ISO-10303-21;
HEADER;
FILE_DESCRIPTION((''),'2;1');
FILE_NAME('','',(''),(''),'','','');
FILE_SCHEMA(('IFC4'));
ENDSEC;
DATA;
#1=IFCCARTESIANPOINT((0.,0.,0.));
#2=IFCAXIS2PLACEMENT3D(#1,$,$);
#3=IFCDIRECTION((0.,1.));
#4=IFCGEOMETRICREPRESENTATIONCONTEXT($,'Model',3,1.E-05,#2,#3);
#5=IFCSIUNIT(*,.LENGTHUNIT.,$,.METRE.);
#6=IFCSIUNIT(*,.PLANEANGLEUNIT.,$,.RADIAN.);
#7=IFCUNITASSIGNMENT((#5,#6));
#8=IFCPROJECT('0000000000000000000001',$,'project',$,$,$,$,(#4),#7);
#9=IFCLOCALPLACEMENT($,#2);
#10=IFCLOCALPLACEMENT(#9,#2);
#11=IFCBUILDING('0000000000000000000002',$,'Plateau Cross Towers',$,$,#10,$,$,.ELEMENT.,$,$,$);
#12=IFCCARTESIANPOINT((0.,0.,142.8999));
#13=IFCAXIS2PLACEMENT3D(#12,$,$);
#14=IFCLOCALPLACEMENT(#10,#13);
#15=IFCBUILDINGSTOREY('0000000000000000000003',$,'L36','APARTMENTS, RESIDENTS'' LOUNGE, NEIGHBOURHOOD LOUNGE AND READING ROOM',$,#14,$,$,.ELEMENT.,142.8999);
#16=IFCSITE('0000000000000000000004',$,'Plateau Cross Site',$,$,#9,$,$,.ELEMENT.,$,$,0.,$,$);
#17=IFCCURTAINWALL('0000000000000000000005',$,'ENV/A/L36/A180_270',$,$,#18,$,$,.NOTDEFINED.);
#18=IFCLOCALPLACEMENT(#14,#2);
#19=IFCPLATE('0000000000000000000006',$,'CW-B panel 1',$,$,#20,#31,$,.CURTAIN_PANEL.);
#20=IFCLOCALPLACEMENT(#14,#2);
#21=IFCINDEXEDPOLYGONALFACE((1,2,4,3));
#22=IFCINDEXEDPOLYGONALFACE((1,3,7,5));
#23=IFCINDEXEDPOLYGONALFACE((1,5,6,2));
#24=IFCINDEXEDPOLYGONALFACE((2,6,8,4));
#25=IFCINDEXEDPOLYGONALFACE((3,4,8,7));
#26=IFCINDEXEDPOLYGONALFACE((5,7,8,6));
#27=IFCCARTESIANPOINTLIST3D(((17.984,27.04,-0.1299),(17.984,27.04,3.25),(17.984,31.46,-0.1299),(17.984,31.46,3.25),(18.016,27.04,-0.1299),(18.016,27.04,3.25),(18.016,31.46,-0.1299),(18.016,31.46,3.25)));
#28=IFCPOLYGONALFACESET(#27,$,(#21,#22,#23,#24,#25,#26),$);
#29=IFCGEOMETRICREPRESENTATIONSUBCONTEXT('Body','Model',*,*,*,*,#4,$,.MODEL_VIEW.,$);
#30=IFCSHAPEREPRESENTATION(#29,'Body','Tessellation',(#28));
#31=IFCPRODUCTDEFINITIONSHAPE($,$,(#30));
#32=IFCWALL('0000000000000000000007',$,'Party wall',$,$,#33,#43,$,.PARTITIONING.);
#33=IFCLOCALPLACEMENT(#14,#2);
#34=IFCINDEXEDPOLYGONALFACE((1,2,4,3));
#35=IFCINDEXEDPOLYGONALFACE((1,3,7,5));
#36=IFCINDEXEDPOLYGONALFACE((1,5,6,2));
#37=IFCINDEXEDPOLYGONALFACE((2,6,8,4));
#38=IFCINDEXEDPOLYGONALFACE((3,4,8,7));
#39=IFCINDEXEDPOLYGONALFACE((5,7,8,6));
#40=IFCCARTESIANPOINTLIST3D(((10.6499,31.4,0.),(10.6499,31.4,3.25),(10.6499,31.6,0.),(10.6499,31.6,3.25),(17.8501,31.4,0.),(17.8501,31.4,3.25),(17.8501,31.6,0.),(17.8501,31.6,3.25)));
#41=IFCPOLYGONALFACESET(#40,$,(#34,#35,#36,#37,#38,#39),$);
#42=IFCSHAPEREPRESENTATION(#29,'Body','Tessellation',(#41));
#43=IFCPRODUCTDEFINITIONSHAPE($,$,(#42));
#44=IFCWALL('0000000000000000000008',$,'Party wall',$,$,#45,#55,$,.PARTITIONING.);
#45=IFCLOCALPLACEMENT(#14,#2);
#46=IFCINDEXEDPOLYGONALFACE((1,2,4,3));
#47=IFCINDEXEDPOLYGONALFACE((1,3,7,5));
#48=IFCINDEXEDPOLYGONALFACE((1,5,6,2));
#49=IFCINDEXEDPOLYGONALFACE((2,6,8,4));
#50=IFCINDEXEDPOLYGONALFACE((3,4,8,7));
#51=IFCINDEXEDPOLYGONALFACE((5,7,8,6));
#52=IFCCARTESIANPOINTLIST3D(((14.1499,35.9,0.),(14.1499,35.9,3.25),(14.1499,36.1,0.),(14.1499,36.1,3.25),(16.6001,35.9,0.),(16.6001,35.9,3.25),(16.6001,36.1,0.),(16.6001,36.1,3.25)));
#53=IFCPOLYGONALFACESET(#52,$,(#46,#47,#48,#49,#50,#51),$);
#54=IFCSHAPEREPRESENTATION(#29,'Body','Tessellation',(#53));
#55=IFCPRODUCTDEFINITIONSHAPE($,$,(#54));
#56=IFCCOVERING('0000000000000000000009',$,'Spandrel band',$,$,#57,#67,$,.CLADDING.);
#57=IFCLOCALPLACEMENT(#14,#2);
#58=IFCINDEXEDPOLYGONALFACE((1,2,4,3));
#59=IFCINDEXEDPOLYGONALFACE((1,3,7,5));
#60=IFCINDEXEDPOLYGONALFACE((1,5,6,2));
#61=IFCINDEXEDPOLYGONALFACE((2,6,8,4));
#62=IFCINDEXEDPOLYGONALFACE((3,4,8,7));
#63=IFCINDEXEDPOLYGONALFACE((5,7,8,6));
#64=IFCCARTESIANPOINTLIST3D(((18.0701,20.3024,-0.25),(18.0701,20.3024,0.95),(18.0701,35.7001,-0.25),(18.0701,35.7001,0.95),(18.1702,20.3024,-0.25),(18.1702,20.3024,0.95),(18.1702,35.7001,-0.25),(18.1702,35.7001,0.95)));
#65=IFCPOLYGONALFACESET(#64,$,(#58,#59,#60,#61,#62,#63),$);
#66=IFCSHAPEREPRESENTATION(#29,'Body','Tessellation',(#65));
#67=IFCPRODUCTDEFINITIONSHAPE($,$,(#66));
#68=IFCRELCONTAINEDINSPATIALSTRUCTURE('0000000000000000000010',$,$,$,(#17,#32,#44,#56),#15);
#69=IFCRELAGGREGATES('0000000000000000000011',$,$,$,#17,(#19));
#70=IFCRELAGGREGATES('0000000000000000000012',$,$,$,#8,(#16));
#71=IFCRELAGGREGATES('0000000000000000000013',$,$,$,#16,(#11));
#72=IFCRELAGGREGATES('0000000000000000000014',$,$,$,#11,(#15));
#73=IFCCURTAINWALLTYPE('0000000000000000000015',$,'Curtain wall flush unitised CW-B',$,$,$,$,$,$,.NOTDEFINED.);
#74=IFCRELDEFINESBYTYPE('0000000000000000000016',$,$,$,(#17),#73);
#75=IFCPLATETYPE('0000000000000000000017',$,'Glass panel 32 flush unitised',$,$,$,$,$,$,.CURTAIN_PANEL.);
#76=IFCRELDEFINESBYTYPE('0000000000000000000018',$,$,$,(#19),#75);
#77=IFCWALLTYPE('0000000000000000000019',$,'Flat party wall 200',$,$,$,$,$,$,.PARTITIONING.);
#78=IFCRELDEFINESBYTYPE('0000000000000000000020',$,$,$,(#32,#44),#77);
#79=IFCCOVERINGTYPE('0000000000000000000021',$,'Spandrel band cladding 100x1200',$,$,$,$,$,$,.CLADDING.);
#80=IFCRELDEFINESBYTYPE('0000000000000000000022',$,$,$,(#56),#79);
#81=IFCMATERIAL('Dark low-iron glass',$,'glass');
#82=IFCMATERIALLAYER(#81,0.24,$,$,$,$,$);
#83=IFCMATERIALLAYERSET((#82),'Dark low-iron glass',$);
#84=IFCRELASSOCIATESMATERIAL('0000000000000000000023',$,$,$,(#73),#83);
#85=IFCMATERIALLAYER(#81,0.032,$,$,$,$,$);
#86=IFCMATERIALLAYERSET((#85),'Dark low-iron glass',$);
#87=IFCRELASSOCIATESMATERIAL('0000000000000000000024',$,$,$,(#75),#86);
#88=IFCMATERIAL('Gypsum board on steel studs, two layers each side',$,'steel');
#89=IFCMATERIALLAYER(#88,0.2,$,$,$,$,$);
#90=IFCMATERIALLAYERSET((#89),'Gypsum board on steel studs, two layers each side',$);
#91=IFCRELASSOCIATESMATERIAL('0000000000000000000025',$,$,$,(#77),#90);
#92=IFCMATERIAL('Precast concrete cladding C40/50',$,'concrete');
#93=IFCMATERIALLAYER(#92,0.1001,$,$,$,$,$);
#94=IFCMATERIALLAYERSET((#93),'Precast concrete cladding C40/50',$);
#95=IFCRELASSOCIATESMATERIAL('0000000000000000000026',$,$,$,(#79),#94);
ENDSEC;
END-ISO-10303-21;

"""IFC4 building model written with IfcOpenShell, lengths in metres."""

from ifc_helpers import new_model, si_unit, direction, frame, frame_2d, origin, origin_2d, place, context, subcontext, project, spatial, rectangle, extrude, material, layer, layer_set, type_object, element, aggregate, save


model = new_model("IFC4")

# Units and contexts
model_context = context("Model", 3, precision=1e-05, world=origin(), true_north=direction((0.0, 1.0)))
body_context = subcontext(model_context, "Body", "Model", "MODEL_VIEW")
ifc_project = project(units=[si_unit("LENGTHUNIT", "METRE"), si_unit("PLANEANGLEUNIT", "RADIAN")], contexts=[model_context])

# Site, building, storey
site_placement = place(None, origin())
site = spatial("IfcSite", under=ifc_project, at=site_placement, Name="Plateau Cross Site", CompositionType="ELEMENT", RefElevation=0.0)
building_placement = place(site_placement, origin())
building = spatial("IfcBuilding", under=site, at=building_placement, Name="Plateau Cross Towers", CompositionType="ELEMENT")
storey_placement = place(building_placement, frame((0.0, 0.0, 142.8999)))
storey = spatial("IfcBuildingStorey", under=building, at=storey_placement, Name="L36", Description="APARTMENTS, RESIDENTS' LOUNGE, NEIGHBOURHOOD LOUNGE AND READING ROOM", CompositionType="ELEMENT", Elevation=142.8999)

# Shared definitions
ifc_material_1 = material(Name="Dark low-iron glass", Category="glass")
ifc_layer_1 = layer(ifc_material_1, 0.24)
ifc_layer_set_1 = layer_set([ifc_layer_1], Name="Dark low-iron glass")
curtain_wall_type = type_object("IfcCurtainWallType", Name="Curtain wall flush unitised CW-B", PredefinedType="NOTDEFINED", material=ifc_layer_set_1)

# Curtain wall
curtain_wall_1_placement = place(storey_placement, origin())
curtain_wall_1 = element("IfcCurtainWall", 1, at=curtain_wall_1_placement, inside=storey, type_object=curtain_wall_type, Name="ENV/A/L36/A180_270", PredefinedType="NOTDEFINED")

# Plate
ifc_layer_2 = layer(ifc_material_1, 0.032)
ifc_layer_set_2 = layer_set([ifc_layer_2], Name="Dark low-iron glass")
plate_type = type_object("IfcPlateType", Name="Glass panel 32 flush unitised", PredefinedType="CURTAIN_PANEL", material=ifc_layer_set_2)
plate_1_placement = place(storey_placement, frame((18.0, 29.25, -0.1299), z_axis=(0.0, 0.0, 1.0), x_axis=(0.0, 1.0, 0.0)))
plate_1 = element("IfcPlate", 2, at=plate_1_placement, type_object=plate_type, Name="CW-B panel 1", PredefinedType="CURTAIN_PANEL", context=body_context, shape_type="SweptSolid", body=[
    extrude(rectangle(XDim=4.4199, YDim=0.032, at=origin_2d()), origin(), (0.0, 0.0, 1.0), 3.3799),
])
aggregate(curtain_wall_1, [plate_1])

# Walls
ifc_material_2 = material(Name="Gypsum board on steel studs, two layers each side", Category="steel")
ifc_layer_3 = layer(ifc_material_2, 0.2)
ifc_layer_set_3 = layer_set([ifc_layer_3], Name="Gypsum board on steel studs, two layers each side")
wall_type_1 = type_object("IfcWallType", Name="Flat party wall 200", PredefinedType="PARTITIONING", material=ifc_layer_set_3)
wall_1_placement = place(storey_placement, frame((17.8501, 31.5, 0.0), z_axis=(0.0, 0.0, 1.0), x_axis=(-1.0, 0.0, 0.0)))
element("IfcWall", 3, at=wall_1_placement, inside=storey, type_object=wall_type_1, Name="Party wall", PredefinedType="PARTITIONING", context=body_context, shape_type="SweptSolid", body=[
    extrude(rectangle(XDim=7.2002, YDim=0.2, at=frame_2d((3.6001, 0.0))), origin(), (0.0, 0.0, 1.0), 3.25),
])
wall_2_placement = place(storey_placement, frame((14.1499, 36.0, 0.0), z_axis=(0.0, 0.0, 1.0), x_axis=(1.0, 0.0, 0.0)))
element("IfcWall", 4, at=wall_2_placement, inside=storey, type_object=wall_type_1, Name="Party wall", PredefinedType="PARTITIONING", context=body_context, shape_type="SweptSolid", body=[
    extrude(rectangle(XDim=2.4502, YDim=0.2, at=frame_2d((1.2251, 0.0))), origin(), (0.0, 0.0, 1.0), 3.25),
])

# Covering
ifc_material_3 = material(Name="Precast concrete cladding C40/50", Category="concrete")
ifc_layer_4 = layer(ifc_material_3, 0.1001)
ifc_layer_set_4 = layer_set([ifc_layer_4], Name="Precast concrete cladding C40/50")
covering_type = type_object("IfcCoveringType", Name="Spandrel band cladding 100x1200", PredefinedType="CLADDING", material=ifc_layer_set_4)
covering_placement = place(storey_placement, frame((18.1201, 28.0012, -0.25), z_axis=(0.0, 0.0, 1.0), x_axis=(0.0, 1.0, 0.0)))
element("IfcCovering", 5, at=covering_placement, inside=storey, type_object=covering_type, Name="Spandrel band", PredefinedType="CLADDING", context=body_context, shape_type="SweptSolid", body=[
    extrude(rectangle(XDim=15.3977, YDim=0.1001, at=origin_2d()), origin(), (0.0, 0.0, 1.0), 1.2),
])

save(model, "model.ifc")
